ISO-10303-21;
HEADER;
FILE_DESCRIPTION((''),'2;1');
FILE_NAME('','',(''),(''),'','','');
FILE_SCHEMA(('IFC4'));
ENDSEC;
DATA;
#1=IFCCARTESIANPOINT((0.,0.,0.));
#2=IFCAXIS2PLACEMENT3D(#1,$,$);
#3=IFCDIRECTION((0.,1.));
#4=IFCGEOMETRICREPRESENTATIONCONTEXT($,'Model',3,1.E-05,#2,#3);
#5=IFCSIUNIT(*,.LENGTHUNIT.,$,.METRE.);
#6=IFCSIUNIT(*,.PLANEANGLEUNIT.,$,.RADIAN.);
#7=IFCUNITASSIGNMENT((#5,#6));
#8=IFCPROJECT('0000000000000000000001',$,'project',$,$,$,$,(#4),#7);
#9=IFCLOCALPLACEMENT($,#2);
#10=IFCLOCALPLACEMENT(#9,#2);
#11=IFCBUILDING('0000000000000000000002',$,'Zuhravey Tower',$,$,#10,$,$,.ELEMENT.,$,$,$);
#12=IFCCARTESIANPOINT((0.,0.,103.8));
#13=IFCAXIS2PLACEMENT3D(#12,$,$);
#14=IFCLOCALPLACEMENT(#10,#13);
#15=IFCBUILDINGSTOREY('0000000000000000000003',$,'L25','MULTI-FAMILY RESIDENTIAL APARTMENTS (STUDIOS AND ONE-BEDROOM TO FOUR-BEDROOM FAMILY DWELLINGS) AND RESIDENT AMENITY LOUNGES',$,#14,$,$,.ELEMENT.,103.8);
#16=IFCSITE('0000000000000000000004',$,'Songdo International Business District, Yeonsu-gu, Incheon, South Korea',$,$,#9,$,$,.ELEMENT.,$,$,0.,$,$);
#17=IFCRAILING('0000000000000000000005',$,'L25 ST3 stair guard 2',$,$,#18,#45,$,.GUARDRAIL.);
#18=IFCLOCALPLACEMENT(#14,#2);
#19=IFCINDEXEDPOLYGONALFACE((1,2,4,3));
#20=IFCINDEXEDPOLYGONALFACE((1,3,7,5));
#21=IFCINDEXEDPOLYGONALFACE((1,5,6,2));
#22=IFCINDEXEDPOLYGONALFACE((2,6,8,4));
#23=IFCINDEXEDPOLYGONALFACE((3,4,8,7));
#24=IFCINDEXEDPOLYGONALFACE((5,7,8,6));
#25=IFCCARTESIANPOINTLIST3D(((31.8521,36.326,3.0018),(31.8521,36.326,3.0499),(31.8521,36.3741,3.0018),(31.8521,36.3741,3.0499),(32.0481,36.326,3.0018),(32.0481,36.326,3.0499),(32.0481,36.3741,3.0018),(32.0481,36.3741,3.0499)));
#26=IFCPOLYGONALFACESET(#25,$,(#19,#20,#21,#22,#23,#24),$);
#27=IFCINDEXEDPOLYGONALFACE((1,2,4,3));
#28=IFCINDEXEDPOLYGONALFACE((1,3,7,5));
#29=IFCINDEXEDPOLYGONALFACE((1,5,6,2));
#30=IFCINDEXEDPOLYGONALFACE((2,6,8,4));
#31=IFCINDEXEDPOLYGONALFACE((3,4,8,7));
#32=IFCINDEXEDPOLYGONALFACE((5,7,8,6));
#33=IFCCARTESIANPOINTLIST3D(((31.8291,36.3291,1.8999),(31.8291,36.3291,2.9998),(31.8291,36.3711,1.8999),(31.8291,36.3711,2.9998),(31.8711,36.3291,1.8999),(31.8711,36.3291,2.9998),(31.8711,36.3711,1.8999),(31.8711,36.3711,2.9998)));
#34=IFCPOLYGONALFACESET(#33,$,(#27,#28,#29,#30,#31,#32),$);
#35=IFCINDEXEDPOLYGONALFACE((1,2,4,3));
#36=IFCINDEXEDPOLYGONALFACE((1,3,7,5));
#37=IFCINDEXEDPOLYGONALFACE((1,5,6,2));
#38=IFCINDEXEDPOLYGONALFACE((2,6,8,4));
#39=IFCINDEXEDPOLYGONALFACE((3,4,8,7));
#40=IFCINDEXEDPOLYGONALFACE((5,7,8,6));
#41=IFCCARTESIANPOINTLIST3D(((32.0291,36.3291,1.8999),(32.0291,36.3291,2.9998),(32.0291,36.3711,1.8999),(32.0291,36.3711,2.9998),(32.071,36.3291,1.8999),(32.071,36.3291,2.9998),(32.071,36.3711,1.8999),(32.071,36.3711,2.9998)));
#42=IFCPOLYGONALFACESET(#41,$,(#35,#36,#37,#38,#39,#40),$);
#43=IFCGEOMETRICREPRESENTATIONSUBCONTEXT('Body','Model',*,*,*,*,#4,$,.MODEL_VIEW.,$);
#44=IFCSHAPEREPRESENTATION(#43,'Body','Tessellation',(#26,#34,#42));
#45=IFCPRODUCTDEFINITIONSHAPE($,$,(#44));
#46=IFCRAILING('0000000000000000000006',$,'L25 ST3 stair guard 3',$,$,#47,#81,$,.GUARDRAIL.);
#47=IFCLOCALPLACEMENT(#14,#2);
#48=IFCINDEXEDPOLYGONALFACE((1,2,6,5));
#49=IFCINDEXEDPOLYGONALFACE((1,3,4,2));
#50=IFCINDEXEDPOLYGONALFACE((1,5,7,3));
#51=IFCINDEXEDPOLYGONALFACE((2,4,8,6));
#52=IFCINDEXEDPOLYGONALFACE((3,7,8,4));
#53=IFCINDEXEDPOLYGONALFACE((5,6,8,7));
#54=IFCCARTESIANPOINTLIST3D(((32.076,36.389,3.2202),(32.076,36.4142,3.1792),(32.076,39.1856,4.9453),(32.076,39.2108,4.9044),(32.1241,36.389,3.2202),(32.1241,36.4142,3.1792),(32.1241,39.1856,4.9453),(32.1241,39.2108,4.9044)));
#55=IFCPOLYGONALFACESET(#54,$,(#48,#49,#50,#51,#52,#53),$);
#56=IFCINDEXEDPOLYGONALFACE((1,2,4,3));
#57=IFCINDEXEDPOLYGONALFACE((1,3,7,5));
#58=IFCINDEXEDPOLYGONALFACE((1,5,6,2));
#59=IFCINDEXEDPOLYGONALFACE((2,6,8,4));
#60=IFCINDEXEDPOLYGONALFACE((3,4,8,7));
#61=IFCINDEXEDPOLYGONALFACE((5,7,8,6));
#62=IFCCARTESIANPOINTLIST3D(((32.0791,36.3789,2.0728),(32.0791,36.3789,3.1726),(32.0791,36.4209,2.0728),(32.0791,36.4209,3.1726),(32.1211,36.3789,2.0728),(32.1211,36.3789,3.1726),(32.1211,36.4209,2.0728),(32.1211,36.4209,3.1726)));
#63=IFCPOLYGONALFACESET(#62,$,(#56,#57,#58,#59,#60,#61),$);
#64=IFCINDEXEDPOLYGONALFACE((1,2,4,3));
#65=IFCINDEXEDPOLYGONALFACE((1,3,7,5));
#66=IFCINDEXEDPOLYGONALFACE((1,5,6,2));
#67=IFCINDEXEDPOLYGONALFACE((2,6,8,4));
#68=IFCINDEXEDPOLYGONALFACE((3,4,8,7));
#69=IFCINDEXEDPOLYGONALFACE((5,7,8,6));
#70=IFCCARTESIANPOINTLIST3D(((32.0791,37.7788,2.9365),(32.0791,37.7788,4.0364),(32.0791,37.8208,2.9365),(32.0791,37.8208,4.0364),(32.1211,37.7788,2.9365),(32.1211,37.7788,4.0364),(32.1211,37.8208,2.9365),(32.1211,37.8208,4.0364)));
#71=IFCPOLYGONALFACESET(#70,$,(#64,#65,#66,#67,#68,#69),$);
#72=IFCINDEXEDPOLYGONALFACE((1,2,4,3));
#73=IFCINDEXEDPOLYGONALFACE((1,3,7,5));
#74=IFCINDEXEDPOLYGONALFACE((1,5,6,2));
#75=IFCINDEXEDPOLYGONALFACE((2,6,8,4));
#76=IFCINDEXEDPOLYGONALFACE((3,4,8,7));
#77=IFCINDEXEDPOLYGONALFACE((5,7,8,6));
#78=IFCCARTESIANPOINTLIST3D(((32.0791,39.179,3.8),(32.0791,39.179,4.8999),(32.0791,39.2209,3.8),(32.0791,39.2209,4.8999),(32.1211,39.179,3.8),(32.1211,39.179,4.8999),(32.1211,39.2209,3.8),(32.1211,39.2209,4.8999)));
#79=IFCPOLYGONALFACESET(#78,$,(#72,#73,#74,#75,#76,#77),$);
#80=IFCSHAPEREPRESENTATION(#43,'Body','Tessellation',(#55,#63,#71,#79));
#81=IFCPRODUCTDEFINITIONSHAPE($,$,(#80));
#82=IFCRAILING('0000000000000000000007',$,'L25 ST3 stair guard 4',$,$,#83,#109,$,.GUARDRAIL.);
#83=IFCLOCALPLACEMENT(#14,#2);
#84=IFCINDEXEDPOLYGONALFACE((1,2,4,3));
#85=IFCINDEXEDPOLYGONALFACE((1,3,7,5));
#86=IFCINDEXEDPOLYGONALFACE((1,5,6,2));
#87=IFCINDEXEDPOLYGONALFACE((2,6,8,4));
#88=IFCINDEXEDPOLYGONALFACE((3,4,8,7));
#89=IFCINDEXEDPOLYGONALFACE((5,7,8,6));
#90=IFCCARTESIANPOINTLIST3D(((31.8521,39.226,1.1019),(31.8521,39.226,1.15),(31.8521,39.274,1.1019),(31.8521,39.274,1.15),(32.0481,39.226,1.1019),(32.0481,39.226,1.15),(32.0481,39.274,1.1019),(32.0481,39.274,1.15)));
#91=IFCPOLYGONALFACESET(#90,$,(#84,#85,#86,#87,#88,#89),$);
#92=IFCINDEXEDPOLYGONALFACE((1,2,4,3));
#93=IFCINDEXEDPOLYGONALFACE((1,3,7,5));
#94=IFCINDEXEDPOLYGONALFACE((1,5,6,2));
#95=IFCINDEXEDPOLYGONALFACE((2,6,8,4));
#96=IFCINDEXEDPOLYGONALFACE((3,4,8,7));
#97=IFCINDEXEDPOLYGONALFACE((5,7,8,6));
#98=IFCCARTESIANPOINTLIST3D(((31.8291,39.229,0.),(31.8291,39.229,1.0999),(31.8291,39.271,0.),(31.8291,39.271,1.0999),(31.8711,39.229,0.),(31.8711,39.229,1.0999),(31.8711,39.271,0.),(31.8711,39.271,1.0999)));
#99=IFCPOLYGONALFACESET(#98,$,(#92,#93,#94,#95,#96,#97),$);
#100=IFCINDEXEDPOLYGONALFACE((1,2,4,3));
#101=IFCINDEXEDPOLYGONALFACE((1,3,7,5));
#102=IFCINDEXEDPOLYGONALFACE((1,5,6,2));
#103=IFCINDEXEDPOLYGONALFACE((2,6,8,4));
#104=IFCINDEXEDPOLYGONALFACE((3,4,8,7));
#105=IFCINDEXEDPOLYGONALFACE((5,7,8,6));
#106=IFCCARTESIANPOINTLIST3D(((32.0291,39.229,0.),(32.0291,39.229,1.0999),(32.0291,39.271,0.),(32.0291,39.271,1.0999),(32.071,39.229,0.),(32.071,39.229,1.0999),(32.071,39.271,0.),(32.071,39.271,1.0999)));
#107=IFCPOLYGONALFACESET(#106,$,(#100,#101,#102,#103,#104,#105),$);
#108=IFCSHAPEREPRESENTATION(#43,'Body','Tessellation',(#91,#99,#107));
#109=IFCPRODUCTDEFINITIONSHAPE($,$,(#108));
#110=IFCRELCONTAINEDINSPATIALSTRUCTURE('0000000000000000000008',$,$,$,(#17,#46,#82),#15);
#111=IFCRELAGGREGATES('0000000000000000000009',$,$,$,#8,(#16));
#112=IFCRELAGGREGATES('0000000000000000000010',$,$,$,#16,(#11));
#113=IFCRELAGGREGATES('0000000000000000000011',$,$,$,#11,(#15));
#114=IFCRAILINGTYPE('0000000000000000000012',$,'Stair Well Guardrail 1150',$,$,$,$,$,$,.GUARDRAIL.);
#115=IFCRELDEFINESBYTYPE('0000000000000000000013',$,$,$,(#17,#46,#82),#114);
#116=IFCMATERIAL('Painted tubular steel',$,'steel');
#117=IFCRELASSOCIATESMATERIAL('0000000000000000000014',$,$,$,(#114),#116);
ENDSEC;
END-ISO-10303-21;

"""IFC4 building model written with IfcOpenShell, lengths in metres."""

from ifc_helpers import new_model, si_unit, direction, frame, origin, origin_2d, place, context, subcontext, project, spatial, rectangle, extrude, material, type_object, element, save


model = new_model("IFC4")

# Units and contexts
model_context = context("Model", 3, precision=1e-05, world=origin(), true_north=direction((0.0, 1.0)))
body_context = subcontext(model_context, "Body", "Model", "MODEL_VIEW")
ifc_project = project(units=[si_unit("LENGTHUNIT", "METRE"), si_unit("PLANEANGLEUNIT", "RADIAN")], contexts=[model_context])

# Site, building, storey
site_placement = place(None, origin())
site = spatial("IfcSite", under=ifc_project, at=site_placement, Name="Songdo International Business District, Yeonsu-gu, Incheon, South Korea", CompositionType="ELEMENT", RefElevation=0.0)
building_placement = place(site_placement, origin())
building = spatial("IfcBuilding", under=site, at=building_placement, Name="Zuhravey Tower", CompositionType="ELEMENT")
storey_placement = place(building_placement, frame((0.0, 0.0, 103.8)))
storey = spatial("IfcBuildingStorey", under=building, at=storey_placement, Name="L25", Description="MULTI-FAMILY RESIDENTIAL APARTMENTS (STUDIOS AND ONE-BEDROOM TO FOUR-BEDROOM FAMILY DWELLINGS) AND RESIDENT AMENITY LOUNGES", CompositionType="ELEMENT", Elevation=103.8)

# Railings
ifc_material_1 = material(Name="Painted tubular steel", Category="steel")
railing_type_1 = type_object("IfcRailingType", Name="Stair Well Guardrail 1150", PredefinedType="GUARDRAIL", material=ifc_material_1)
railing_1_placement = place(storey_placement, frame((31.8501, 36.3501, 1.8999)))
element("IfcRailing", 1, at=railing_1_placement, inside=storey, type_object=railing_type_1, Name="L25 ST3 stair guard 2", PredefinedType="GUARDRAIL", context=body_context, shape_type="SweptSolid", body=[
    extrude(rectangle(XDim=0.0481, YDim=0.0481, at=origin_2d()), frame((0.002, 0.0, 1.126), z_axis=(1.0, 0.0, 0.0), x_axis=(0.0, 1.0, 0.0)), (0.0, 0.0, 1.0), 0.196),
    extrude(rectangle(XDim=0.042, YDim=0.042, at=origin_2d()), origin(), (0.0, 0.0, 1.0), 1.0999),
    extrude(rectangle(XDim=0.042, YDim=0.042, at=origin_2d()), frame((0.2, 0.0, 0.0)), (0.0, 0.0, 1.0), 1.0999),
])
railing_2_placement = place(storey_placement, frame((32.1001, 36.3999, 2.0728)))
element("IfcRailing", 2, at=railing_2_placement, inside=storey, type_object=railing_type_1, Name="L25 ST3 stair guard 3", PredefinedType="GUARDRAIL", context=body_context, shape_type="SweptSolid", body=[
    extrude(rectangle(XDim=0.0481, YDim=0.0481, at=origin_2d()), frame((0.0, 0.0017, 1.127), z_axis=(0.0, 0.85109, 0.52502), x_axis=(-1.0, 0.0, 0.0)), (0.0, 0.0, 1.0), 3.2859),
    extrude(rectangle(XDim=0.042, YDim=0.042, at=origin_2d()), origin(), (0.0, 0.0, 1.0), 1.0999),
    extrude(rectangle(XDim=0.042, YDim=0.042, at=origin_2d()), frame((0.0, 1.3999, 0.8638)), (0.0, 0.0, 1.0), 1.0999),
    extrude(rectangle(XDim=0.042, YDim=0.042, at=origin_2d()), frame((0.0, 2.8, 1.7273)), (0.0, 0.0, 1.0), 1.0999),
])
railing_3_placement = place(storey_placement, frame((31.8501, 39.25, 0.0)))
element("IfcRailing", 3, at=railing_3_placement, inside=storey, type_object=railing_type_1, Name="L25 ST3 stair guard 4", PredefinedType="GUARDRAIL", context=body_context, shape_type="SweptSolid", body=[
    extrude(rectangle(XDim=0.0481, YDim=0.0481, at=origin_2d()), frame((0.002, 0.0, 1.126), z_axis=(1.0, 0.0, 0.0), x_axis=(0.0, 1.0, 0.0)), (0.0, 0.0, 1.0), 0.196),
    extrude(rectangle(XDim=0.042, YDim=0.042, at=origin_2d()), origin(), (0.0, 0.0, 1.0), 1.0999),
    extrude(rectangle(XDim=0.042, YDim=0.042, at=origin_2d()), frame((0.2, 0.0, 0.0)), (0.0, 0.0, 1.0), 1.0999),
])

save(model, "model.ifc")
